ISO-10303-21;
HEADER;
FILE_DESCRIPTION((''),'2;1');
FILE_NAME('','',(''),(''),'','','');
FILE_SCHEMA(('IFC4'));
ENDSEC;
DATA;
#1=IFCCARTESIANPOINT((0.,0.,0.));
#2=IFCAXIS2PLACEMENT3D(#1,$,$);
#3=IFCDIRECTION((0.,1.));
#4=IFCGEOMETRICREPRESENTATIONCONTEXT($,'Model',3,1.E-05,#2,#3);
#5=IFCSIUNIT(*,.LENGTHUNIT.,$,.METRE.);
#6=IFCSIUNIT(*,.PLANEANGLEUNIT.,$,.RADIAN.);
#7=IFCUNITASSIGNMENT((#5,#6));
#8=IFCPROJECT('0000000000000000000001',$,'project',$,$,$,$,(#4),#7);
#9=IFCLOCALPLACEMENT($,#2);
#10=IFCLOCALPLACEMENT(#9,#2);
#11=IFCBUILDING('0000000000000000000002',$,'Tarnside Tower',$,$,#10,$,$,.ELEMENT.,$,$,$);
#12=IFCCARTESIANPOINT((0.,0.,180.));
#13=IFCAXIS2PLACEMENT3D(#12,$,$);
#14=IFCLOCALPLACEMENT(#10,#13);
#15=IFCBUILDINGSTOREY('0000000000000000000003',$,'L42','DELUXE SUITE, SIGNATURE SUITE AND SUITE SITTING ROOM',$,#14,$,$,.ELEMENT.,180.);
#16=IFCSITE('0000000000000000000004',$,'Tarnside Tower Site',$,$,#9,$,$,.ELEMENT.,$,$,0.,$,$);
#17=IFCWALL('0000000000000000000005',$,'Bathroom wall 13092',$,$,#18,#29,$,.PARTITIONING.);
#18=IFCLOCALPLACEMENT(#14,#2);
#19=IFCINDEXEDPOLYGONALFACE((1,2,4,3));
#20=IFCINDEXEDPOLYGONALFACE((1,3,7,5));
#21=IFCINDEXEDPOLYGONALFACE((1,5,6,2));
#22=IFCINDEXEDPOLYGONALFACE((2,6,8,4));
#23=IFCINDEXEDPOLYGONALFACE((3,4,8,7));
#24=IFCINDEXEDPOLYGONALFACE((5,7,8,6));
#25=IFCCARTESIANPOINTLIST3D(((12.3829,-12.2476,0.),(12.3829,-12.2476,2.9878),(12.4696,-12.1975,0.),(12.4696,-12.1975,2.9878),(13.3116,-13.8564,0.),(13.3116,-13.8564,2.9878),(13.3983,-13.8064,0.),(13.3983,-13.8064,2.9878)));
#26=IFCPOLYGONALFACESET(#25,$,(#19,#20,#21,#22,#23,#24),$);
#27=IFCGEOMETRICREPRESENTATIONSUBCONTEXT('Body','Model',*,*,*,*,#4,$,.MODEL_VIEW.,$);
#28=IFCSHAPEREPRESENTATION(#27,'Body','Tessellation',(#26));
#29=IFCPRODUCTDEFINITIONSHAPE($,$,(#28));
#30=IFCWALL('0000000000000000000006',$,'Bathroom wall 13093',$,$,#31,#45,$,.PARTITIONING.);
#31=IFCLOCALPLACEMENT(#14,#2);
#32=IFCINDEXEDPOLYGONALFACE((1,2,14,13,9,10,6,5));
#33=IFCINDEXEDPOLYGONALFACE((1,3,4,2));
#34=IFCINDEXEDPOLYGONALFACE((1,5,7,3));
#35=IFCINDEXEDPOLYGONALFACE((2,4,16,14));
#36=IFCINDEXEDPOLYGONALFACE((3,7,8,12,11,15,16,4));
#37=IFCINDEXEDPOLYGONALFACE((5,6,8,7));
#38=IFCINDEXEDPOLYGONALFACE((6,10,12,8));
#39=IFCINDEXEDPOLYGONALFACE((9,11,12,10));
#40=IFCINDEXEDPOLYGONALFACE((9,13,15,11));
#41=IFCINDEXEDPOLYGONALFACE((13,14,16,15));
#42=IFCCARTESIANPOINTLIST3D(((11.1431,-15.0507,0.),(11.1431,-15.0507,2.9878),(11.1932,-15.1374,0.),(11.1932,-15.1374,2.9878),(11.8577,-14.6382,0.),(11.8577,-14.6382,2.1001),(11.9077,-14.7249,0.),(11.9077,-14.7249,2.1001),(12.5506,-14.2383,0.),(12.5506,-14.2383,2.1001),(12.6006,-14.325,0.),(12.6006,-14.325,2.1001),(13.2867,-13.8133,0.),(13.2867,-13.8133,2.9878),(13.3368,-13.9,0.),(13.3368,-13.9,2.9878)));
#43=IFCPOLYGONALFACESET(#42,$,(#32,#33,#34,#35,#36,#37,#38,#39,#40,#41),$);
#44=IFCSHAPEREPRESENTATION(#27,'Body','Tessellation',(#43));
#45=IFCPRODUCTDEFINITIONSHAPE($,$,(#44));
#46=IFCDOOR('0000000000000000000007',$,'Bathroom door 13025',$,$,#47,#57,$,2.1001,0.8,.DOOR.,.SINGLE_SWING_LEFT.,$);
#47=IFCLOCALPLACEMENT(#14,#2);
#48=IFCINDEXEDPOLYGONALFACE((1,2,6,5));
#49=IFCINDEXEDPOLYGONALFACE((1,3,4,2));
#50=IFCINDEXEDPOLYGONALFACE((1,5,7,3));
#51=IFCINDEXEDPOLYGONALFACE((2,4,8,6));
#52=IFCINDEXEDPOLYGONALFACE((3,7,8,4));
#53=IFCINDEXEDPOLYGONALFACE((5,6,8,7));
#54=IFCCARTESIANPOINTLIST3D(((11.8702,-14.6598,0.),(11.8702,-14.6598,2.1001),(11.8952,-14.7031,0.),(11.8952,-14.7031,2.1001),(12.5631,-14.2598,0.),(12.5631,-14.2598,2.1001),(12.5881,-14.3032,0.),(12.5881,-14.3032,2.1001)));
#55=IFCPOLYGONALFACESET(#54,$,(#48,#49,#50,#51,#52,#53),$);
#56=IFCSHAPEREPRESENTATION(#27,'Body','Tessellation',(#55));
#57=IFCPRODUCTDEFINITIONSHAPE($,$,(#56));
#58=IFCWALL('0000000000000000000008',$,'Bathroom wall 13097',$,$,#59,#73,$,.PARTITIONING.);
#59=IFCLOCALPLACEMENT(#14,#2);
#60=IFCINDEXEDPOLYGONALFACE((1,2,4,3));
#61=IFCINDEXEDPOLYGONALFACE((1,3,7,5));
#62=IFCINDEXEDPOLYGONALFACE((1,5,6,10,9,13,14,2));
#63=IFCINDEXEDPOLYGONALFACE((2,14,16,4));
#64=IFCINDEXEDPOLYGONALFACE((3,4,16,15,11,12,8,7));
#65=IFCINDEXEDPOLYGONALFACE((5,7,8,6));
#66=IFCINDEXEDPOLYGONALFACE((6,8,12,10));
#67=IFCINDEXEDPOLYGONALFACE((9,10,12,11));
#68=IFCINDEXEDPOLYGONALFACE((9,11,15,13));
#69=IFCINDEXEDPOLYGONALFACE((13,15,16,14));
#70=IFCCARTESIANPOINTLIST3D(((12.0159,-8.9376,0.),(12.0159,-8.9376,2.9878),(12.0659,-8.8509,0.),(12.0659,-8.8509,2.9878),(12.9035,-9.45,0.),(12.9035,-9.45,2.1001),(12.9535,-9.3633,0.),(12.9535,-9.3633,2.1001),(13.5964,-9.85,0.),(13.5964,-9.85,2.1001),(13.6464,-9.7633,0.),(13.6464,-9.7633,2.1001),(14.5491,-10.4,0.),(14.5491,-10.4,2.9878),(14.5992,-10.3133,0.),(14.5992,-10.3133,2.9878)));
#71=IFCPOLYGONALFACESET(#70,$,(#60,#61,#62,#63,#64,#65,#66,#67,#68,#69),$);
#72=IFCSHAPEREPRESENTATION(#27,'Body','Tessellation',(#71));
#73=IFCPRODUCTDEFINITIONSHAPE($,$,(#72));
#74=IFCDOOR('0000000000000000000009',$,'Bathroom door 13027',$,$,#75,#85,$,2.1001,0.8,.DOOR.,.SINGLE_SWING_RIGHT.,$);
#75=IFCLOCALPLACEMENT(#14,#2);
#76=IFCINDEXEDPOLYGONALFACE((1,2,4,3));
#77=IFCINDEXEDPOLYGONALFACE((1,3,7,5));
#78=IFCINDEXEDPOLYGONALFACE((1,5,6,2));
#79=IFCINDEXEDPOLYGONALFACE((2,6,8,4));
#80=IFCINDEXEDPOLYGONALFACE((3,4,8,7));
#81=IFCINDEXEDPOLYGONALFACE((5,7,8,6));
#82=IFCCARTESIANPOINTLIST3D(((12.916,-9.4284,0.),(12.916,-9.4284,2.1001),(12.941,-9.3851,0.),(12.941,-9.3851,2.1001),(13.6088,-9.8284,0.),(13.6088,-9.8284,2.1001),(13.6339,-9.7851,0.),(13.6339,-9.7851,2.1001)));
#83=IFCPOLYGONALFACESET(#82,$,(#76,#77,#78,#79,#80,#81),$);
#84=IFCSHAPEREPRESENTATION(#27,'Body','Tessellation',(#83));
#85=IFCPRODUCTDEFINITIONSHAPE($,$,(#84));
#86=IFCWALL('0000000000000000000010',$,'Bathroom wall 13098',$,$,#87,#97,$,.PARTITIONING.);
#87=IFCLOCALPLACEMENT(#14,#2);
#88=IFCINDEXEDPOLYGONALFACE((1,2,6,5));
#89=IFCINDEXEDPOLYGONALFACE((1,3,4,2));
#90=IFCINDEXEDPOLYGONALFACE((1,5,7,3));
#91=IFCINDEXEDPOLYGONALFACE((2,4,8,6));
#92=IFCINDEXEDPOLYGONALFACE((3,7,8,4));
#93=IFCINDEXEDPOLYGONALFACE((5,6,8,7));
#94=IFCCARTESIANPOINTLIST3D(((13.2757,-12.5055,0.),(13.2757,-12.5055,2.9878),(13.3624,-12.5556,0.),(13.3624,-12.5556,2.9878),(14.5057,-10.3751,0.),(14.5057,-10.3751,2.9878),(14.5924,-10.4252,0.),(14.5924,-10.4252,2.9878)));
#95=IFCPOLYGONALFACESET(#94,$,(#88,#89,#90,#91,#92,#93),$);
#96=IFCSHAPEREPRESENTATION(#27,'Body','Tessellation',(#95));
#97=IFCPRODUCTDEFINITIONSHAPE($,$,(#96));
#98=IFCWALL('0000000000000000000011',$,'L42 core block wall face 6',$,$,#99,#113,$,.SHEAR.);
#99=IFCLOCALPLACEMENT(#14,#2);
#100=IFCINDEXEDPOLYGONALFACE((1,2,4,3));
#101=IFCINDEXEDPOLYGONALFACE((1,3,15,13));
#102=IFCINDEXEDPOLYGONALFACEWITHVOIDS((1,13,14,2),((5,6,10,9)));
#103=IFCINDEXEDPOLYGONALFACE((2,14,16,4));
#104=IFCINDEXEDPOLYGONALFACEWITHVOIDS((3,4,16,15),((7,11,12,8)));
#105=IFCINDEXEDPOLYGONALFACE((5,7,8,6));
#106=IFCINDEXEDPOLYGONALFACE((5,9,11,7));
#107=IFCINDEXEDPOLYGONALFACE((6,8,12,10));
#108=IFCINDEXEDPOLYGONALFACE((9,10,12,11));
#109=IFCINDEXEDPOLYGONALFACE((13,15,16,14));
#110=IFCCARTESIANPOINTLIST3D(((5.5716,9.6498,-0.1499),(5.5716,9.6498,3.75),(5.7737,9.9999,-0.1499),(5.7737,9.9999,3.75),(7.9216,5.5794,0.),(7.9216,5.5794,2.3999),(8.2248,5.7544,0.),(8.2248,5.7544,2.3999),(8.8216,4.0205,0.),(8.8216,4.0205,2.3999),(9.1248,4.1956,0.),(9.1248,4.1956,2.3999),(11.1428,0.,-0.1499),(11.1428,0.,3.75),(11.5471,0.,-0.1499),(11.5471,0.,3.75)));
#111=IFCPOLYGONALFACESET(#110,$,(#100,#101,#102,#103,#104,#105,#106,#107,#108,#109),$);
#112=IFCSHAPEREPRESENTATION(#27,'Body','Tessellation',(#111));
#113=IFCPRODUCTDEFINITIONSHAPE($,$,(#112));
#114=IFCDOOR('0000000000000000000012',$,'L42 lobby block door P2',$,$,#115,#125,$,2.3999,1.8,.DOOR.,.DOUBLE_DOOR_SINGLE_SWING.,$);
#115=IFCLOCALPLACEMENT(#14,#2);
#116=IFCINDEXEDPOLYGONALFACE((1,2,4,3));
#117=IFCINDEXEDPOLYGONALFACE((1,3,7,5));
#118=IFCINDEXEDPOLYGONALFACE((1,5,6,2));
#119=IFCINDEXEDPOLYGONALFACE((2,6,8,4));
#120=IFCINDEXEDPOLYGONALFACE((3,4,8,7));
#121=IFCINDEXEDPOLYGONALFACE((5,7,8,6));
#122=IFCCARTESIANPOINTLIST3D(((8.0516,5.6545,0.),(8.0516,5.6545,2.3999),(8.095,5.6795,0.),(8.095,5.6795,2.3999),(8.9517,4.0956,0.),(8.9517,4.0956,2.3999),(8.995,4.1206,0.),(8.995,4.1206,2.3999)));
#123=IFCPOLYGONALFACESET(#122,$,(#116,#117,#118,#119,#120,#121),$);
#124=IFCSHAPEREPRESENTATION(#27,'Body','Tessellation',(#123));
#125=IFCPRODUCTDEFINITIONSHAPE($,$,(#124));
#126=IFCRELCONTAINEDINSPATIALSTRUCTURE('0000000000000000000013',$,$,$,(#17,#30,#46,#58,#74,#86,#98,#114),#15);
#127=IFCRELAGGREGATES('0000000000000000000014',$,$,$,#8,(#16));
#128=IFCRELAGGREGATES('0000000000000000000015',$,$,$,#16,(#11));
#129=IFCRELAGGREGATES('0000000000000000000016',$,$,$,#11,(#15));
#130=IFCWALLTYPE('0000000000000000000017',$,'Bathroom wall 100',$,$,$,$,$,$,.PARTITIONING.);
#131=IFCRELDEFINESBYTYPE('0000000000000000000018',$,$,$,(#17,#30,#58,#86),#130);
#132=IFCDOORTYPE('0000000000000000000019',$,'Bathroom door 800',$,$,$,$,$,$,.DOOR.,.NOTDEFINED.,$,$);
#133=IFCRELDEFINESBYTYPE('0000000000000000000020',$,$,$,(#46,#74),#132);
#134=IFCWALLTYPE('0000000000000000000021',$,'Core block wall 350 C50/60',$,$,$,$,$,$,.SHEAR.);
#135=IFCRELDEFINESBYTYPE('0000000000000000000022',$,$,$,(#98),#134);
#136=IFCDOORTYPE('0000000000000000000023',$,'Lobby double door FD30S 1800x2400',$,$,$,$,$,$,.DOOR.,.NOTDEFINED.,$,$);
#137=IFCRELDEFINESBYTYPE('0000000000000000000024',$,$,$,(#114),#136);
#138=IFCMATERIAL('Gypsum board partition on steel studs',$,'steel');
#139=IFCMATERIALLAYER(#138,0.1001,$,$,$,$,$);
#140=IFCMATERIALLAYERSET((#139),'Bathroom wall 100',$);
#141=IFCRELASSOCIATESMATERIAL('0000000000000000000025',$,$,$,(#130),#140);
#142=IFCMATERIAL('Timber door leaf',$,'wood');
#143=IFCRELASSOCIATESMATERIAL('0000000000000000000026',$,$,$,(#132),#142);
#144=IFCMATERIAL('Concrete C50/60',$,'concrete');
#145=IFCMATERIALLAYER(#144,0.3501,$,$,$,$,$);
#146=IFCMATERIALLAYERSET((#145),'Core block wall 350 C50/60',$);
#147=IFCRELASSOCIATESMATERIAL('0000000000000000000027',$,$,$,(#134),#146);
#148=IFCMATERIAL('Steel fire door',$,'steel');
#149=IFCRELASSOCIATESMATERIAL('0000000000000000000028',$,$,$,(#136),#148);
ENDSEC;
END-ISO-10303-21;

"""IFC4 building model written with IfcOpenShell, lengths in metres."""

from ifc_helpers import new_model, si_unit, direction, frame, frame_2d, origin, place, context, subcontext, project, spatial, polyline, rectangle, outline, extrude, material, layer, layer_set, type_object, element, fill, save


model = new_model("IFC4")

# Units and contexts
model_context = context("Model", 3, precision=1e-05, world=origin(), true_north=direction((0.0, 1.0)))
body_context = subcontext(model_context, "Body", "Model", "MODEL_VIEW")
ifc_project = project(units=[si_unit("LENGTHUNIT", "METRE"), si_unit("PLANEANGLEUNIT", "RADIAN")], contexts=[model_context])

# Site, building, storey
site_placement = place(None, origin())
site = spatial("IfcSite", under=ifc_project, at=site_placement, Name="Tarnside Tower Site", CompositionType="ELEMENT", RefElevation=0.0)
building_placement = place(site_placement, origin())
building = spatial("IfcBuilding", under=site, at=building_placement, Name="Tarnside Tower", CompositionType="ELEMENT")
storey_placement = place(building_placement, frame((0.0, 0.0, 180.0)))
storey = spatial("IfcBuildingStorey", under=building, at=storey_placement, Name="L42", Description="DELUXE SUITE, SIGNATURE SUITE AND SUITE SITTING ROOM", CompositionType="ELEMENT", Elevation=180.0)

# Wall
ifc_material_1 = material(Name="Gypsum board partition on steel studs", Category="steel")
ifc_layer_1 = layer(ifc_material_1, 0.1001)
ifc_layer_set_1 = layer_set([ifc_layer_1], Name="Bathroom wall 100")
wall_type_1 = type_object("IfcWallType", Name="Bathroom wall 100", PredefinedType="PARTITIONING", material=ifc_layer_set_1)
wall_1_placement = place(storey_placement, frame((12.4263, -12.2227, 0.0), z_axis=(0.0, 0.0, 1.0), x_axis=(0.499927, -0.866067, 0.0)))
element("IfcWall", 1, at=wall_1_placement, inside=storey, type_object=wall_type_1, Name="Bathroom wall 13092", PredefinedType="PARTITIONING", context=body_context, shape_type="SweptSolid", body=[
    extrude(rectangle(XDim=1.8577, YDim=0.1001, at=frame_2d((0.9287, 0.0))), origin(), (0.0, 0.0, 1.0), 2.9878),
])

# Walls, openings, doors
wall_2_placement = place(storey_placement, frame((13.3118, -13.8567, 0.0), z_axis=(0.0, 0.0, 1.0), x_axis=(-0.866074, -0.499916, 0.0)))
wall_2 = element("IfcWall", 2, at=wall_2_placement, inside=storey, type_object=wall_type_1, Name="Bathroom wall 13093", PredefinedType="PARTITIONING", context=body_context, shape_type="SweptSolid", body=[
    extrude(rectangle(XDim=2.4751, YDim=0.1001, at=frame_2d((1.2375, 0.0))), origin(), (0.0, 0.0, 1.0), 2.9878),
])
opening_1_placement = place(wall_2_placement, frame((0.8501, 0.0, 0.0)))
opening_1 = element("IfcOpeningElement", 3, at=opening_1_placement, cuts=wall_2, PredefinedType="OPENING", context=body_context, shape_type="SweptSolid", body=[
    extrude(rectangle(XDim=0.8, YDim=2.1001, at=frame_2d((0.3999, 1.05))), frame((0.0, 0.0601, 0.0), z_axis=(0.0, -1.0, 0.0), x_axis=(1.0, 0.0, 0.0)), (0.0, 0.0, 1.0), 0.1201),
])
ifc_material_2 = material(Name="Timber door leaf", Category="wood")
door_type_1 = type_object("IfcDoorType", Name="Bathroom door 800", OperationType="NOTDEFINED", PredefinedType="DOOR", material=ifc_material_2)
door_1_placement = place(opening_1_placement, origin())
door_1 = element("IfcDoor", 4, at=door_1_placement, inside=storey, type_object=door_type_1, Name="Bathroom door 13025", OperationType="SINGLE_SWING_LEFT", OverallHeight=2.1001, OverallWidth=0.8, PredefinedType="DOOR", context=body_context, shape_type="SweptSolid", body=[
    extrude(rectangle(XDim=0.8, YDim=2.1001, at=frame_2d((0.3999, 1.05))), frame((0.0, 0.0249, 0.0), z_axis=(0.0, -1.0, 0.0), x_axis=(1.0, 0.0, 0.0)), (0.0, 0.0, 1.0), 0.05),
])
fill(opening_1, door_1)
wall_3_placement = place(storey_placement, frame((12.041, -8.8943, 0.0), z_axis=(0.0, 0.0, 1.0), x_axis=(0.866047, -0.499963, 0.0)))
wall_3 = element("IfcWall", 5, at=wall_3_placement, inside=storey, type_object=wall_type_1, Name="Bathroom wall 13097", PredefinedType="PARTITIONING", context=body_context, shape_type="SweptSolid", body=[
    extrude(rectangle(XDim=2.925, YDim=0.1001, at=frame_2d((1.4624, 0.0))), origin(), (0.0, 0.0, 1.0), 2.9878),
])
opening_2_placement = place(wall_3_placement, frame((1.0249, 0.0, 0.0)))
opening_2 = element("IfcOpeningElement", 6, at=opening_2_placement, cuts=wall_3, PredefinedType="OPENING", context=body_context, shape_type="SweptSolid", body=[
    extrude(rectangle(XDim=0.8, YDim=2.1001, at=frame_2d((0.3999, 1.05))), frame((0.0, 0.0601, 0.0), z_axis=(0.0, -1.0, 0.0), x_axis=(1.0, 0.0, 0.0)), (0.0, 0.0, 1.0), 0.1201),
])
door_2_placement = place(opening_2_placement, origin())
door_2 = element("IfcDoor", 7, at=door_2_placement, inside=storey, type_object=door_type_1, Name="Bathroom door 13027", OperationType="SINGLE_SWING_RIGHT", OverallHeight=2.1001, OverallWidth=0.8, PredefinedType="DOOR", context=body_context, shape_type="SweptSolid", body=[
    extrude(rectangle(XDim=0.8, YDim=2.1001, at=frame_2d((0.3999, 1.05))), frame((0.0, 0.0249, 0.0), z_axis=(0.0, -1.0, 0.0), x_axis=(1.0, 0.0, 0.0)), (0.0, 0.0, 1.0), 0.05),
])
fill(opening_2, door_2)

# Wall
wall_4_placement = place(storey_placement, frame((14.5491, -10.4001, 0.0), z_axis=(0.0, 0.0, 1.0), x_axis=(-0.500003, -0.866024, 0.0)))
element("IfcWall", 8, at=wall_4_placement, inside=storey, type_object=wall_type_1, Name="Bathroom wall 13098", PredefinedType="PARTITIONING", context=body_context, shape_type="SweptSolid", body=[
    extrude(rectangle(XDim=2.46, YDim=0.1001, at=frame_2d((1.23, 0.0))), origin(), (0.0, 0.0, 1.0), 2.9878),
])

# Wall, opening, door
ifc_material_3 = material(Name="Concrete C50/60", Category="concrete")
ifc_layer_2 = layer(ifc_material_3, 0.3501)
ifc_layer_set_2 = layer_set([ifc_layer_2], Name="Core block wall 350 C50/60")
wall_type_2 = type_object("IfcWallType", Name="Core block wall 350 C50/60", PredefinedType="SHEAR", material=ifc_layer_set_2)
wall_5_placement = place(storey_placement, frame((11.345, 0.0, -0.1499), z_axis=(0.0, 0.0, 1.0), x_axis=(-0.499995, 0.866028, 0.0)))
wall_5 = element("IfcWall", 9, at=wall_5_placement, inside=storey, type_object=wall_type_2, Name="L42 core block wall face 6", PredefinedType="SHEAR", context=body_context, shape_type="SweptSolid", body=[
    extrude(outline(polyline([(-0.1011, -0.175), (11.4458, -0.175), (11.2437, 0.175), (0.1011, 0.175), (-0.1011, -0.175)])), origin(), (0.0, 0.0, 1.0), 3.8999),
])
opening_3_placement = place(wall_5_placement, frame((4.7437, 0.0, 0.1499)))
opening_3 = element("IfcOpeningElement", 10, at=opening_3_placement, cuts=wall_5, PredefinedType="OPENING", context=body_context, shape_type="SweptSolid", body=[
    extrude(rectangle(XDim=1.8, YDim=2.3999, at=frame_2d((0.8999, 1.2))), frame((0.0, 0.1851, 0.0), z_axis=(0.0, -1.0, 0.0), x_axis=(1.0, 0.0, 0.0)), (0.0, 0.0, 1.0), 0.3701),
])
ifc_material_4 = material(Name="Steel fire door", Category="steel")
door_type_2 = type_object("IfcDoorType", Name="Lobby double door FD30S 1800x2400", OperationType="NOTDEFINED", PredefinedType="DOOR", material=ifc_material_4)
door_3_placement = place(opening_3_placement, origin())
door_3 = element("IfcDoor", 11, at=door_3_placement, inside=storey, type_object=door_type_2, Name="L42 lobby block door P2", OperationType="DOUBLE_DOOR_SINGLE_SWING", OverallHeight=2.3999, OverallWidth=1.8, PredefinedType="DOOR", context=body_context, shape_type="SweptSolid", body=[
    extrude(rectangle(XDim=1.8, YDim=2.3999, at=frame_2d((0.8999, 1.2))), frame((0.0, 0.0249, 0.0), z_axis=(0.0, -1.0, 0.0), x_axis=(1.0, 0.0, 0.0)), (0.0, 0.0, 1.0), 0.05),
])
fill(opening_3, door_3)

save(model, "model.ifc")
